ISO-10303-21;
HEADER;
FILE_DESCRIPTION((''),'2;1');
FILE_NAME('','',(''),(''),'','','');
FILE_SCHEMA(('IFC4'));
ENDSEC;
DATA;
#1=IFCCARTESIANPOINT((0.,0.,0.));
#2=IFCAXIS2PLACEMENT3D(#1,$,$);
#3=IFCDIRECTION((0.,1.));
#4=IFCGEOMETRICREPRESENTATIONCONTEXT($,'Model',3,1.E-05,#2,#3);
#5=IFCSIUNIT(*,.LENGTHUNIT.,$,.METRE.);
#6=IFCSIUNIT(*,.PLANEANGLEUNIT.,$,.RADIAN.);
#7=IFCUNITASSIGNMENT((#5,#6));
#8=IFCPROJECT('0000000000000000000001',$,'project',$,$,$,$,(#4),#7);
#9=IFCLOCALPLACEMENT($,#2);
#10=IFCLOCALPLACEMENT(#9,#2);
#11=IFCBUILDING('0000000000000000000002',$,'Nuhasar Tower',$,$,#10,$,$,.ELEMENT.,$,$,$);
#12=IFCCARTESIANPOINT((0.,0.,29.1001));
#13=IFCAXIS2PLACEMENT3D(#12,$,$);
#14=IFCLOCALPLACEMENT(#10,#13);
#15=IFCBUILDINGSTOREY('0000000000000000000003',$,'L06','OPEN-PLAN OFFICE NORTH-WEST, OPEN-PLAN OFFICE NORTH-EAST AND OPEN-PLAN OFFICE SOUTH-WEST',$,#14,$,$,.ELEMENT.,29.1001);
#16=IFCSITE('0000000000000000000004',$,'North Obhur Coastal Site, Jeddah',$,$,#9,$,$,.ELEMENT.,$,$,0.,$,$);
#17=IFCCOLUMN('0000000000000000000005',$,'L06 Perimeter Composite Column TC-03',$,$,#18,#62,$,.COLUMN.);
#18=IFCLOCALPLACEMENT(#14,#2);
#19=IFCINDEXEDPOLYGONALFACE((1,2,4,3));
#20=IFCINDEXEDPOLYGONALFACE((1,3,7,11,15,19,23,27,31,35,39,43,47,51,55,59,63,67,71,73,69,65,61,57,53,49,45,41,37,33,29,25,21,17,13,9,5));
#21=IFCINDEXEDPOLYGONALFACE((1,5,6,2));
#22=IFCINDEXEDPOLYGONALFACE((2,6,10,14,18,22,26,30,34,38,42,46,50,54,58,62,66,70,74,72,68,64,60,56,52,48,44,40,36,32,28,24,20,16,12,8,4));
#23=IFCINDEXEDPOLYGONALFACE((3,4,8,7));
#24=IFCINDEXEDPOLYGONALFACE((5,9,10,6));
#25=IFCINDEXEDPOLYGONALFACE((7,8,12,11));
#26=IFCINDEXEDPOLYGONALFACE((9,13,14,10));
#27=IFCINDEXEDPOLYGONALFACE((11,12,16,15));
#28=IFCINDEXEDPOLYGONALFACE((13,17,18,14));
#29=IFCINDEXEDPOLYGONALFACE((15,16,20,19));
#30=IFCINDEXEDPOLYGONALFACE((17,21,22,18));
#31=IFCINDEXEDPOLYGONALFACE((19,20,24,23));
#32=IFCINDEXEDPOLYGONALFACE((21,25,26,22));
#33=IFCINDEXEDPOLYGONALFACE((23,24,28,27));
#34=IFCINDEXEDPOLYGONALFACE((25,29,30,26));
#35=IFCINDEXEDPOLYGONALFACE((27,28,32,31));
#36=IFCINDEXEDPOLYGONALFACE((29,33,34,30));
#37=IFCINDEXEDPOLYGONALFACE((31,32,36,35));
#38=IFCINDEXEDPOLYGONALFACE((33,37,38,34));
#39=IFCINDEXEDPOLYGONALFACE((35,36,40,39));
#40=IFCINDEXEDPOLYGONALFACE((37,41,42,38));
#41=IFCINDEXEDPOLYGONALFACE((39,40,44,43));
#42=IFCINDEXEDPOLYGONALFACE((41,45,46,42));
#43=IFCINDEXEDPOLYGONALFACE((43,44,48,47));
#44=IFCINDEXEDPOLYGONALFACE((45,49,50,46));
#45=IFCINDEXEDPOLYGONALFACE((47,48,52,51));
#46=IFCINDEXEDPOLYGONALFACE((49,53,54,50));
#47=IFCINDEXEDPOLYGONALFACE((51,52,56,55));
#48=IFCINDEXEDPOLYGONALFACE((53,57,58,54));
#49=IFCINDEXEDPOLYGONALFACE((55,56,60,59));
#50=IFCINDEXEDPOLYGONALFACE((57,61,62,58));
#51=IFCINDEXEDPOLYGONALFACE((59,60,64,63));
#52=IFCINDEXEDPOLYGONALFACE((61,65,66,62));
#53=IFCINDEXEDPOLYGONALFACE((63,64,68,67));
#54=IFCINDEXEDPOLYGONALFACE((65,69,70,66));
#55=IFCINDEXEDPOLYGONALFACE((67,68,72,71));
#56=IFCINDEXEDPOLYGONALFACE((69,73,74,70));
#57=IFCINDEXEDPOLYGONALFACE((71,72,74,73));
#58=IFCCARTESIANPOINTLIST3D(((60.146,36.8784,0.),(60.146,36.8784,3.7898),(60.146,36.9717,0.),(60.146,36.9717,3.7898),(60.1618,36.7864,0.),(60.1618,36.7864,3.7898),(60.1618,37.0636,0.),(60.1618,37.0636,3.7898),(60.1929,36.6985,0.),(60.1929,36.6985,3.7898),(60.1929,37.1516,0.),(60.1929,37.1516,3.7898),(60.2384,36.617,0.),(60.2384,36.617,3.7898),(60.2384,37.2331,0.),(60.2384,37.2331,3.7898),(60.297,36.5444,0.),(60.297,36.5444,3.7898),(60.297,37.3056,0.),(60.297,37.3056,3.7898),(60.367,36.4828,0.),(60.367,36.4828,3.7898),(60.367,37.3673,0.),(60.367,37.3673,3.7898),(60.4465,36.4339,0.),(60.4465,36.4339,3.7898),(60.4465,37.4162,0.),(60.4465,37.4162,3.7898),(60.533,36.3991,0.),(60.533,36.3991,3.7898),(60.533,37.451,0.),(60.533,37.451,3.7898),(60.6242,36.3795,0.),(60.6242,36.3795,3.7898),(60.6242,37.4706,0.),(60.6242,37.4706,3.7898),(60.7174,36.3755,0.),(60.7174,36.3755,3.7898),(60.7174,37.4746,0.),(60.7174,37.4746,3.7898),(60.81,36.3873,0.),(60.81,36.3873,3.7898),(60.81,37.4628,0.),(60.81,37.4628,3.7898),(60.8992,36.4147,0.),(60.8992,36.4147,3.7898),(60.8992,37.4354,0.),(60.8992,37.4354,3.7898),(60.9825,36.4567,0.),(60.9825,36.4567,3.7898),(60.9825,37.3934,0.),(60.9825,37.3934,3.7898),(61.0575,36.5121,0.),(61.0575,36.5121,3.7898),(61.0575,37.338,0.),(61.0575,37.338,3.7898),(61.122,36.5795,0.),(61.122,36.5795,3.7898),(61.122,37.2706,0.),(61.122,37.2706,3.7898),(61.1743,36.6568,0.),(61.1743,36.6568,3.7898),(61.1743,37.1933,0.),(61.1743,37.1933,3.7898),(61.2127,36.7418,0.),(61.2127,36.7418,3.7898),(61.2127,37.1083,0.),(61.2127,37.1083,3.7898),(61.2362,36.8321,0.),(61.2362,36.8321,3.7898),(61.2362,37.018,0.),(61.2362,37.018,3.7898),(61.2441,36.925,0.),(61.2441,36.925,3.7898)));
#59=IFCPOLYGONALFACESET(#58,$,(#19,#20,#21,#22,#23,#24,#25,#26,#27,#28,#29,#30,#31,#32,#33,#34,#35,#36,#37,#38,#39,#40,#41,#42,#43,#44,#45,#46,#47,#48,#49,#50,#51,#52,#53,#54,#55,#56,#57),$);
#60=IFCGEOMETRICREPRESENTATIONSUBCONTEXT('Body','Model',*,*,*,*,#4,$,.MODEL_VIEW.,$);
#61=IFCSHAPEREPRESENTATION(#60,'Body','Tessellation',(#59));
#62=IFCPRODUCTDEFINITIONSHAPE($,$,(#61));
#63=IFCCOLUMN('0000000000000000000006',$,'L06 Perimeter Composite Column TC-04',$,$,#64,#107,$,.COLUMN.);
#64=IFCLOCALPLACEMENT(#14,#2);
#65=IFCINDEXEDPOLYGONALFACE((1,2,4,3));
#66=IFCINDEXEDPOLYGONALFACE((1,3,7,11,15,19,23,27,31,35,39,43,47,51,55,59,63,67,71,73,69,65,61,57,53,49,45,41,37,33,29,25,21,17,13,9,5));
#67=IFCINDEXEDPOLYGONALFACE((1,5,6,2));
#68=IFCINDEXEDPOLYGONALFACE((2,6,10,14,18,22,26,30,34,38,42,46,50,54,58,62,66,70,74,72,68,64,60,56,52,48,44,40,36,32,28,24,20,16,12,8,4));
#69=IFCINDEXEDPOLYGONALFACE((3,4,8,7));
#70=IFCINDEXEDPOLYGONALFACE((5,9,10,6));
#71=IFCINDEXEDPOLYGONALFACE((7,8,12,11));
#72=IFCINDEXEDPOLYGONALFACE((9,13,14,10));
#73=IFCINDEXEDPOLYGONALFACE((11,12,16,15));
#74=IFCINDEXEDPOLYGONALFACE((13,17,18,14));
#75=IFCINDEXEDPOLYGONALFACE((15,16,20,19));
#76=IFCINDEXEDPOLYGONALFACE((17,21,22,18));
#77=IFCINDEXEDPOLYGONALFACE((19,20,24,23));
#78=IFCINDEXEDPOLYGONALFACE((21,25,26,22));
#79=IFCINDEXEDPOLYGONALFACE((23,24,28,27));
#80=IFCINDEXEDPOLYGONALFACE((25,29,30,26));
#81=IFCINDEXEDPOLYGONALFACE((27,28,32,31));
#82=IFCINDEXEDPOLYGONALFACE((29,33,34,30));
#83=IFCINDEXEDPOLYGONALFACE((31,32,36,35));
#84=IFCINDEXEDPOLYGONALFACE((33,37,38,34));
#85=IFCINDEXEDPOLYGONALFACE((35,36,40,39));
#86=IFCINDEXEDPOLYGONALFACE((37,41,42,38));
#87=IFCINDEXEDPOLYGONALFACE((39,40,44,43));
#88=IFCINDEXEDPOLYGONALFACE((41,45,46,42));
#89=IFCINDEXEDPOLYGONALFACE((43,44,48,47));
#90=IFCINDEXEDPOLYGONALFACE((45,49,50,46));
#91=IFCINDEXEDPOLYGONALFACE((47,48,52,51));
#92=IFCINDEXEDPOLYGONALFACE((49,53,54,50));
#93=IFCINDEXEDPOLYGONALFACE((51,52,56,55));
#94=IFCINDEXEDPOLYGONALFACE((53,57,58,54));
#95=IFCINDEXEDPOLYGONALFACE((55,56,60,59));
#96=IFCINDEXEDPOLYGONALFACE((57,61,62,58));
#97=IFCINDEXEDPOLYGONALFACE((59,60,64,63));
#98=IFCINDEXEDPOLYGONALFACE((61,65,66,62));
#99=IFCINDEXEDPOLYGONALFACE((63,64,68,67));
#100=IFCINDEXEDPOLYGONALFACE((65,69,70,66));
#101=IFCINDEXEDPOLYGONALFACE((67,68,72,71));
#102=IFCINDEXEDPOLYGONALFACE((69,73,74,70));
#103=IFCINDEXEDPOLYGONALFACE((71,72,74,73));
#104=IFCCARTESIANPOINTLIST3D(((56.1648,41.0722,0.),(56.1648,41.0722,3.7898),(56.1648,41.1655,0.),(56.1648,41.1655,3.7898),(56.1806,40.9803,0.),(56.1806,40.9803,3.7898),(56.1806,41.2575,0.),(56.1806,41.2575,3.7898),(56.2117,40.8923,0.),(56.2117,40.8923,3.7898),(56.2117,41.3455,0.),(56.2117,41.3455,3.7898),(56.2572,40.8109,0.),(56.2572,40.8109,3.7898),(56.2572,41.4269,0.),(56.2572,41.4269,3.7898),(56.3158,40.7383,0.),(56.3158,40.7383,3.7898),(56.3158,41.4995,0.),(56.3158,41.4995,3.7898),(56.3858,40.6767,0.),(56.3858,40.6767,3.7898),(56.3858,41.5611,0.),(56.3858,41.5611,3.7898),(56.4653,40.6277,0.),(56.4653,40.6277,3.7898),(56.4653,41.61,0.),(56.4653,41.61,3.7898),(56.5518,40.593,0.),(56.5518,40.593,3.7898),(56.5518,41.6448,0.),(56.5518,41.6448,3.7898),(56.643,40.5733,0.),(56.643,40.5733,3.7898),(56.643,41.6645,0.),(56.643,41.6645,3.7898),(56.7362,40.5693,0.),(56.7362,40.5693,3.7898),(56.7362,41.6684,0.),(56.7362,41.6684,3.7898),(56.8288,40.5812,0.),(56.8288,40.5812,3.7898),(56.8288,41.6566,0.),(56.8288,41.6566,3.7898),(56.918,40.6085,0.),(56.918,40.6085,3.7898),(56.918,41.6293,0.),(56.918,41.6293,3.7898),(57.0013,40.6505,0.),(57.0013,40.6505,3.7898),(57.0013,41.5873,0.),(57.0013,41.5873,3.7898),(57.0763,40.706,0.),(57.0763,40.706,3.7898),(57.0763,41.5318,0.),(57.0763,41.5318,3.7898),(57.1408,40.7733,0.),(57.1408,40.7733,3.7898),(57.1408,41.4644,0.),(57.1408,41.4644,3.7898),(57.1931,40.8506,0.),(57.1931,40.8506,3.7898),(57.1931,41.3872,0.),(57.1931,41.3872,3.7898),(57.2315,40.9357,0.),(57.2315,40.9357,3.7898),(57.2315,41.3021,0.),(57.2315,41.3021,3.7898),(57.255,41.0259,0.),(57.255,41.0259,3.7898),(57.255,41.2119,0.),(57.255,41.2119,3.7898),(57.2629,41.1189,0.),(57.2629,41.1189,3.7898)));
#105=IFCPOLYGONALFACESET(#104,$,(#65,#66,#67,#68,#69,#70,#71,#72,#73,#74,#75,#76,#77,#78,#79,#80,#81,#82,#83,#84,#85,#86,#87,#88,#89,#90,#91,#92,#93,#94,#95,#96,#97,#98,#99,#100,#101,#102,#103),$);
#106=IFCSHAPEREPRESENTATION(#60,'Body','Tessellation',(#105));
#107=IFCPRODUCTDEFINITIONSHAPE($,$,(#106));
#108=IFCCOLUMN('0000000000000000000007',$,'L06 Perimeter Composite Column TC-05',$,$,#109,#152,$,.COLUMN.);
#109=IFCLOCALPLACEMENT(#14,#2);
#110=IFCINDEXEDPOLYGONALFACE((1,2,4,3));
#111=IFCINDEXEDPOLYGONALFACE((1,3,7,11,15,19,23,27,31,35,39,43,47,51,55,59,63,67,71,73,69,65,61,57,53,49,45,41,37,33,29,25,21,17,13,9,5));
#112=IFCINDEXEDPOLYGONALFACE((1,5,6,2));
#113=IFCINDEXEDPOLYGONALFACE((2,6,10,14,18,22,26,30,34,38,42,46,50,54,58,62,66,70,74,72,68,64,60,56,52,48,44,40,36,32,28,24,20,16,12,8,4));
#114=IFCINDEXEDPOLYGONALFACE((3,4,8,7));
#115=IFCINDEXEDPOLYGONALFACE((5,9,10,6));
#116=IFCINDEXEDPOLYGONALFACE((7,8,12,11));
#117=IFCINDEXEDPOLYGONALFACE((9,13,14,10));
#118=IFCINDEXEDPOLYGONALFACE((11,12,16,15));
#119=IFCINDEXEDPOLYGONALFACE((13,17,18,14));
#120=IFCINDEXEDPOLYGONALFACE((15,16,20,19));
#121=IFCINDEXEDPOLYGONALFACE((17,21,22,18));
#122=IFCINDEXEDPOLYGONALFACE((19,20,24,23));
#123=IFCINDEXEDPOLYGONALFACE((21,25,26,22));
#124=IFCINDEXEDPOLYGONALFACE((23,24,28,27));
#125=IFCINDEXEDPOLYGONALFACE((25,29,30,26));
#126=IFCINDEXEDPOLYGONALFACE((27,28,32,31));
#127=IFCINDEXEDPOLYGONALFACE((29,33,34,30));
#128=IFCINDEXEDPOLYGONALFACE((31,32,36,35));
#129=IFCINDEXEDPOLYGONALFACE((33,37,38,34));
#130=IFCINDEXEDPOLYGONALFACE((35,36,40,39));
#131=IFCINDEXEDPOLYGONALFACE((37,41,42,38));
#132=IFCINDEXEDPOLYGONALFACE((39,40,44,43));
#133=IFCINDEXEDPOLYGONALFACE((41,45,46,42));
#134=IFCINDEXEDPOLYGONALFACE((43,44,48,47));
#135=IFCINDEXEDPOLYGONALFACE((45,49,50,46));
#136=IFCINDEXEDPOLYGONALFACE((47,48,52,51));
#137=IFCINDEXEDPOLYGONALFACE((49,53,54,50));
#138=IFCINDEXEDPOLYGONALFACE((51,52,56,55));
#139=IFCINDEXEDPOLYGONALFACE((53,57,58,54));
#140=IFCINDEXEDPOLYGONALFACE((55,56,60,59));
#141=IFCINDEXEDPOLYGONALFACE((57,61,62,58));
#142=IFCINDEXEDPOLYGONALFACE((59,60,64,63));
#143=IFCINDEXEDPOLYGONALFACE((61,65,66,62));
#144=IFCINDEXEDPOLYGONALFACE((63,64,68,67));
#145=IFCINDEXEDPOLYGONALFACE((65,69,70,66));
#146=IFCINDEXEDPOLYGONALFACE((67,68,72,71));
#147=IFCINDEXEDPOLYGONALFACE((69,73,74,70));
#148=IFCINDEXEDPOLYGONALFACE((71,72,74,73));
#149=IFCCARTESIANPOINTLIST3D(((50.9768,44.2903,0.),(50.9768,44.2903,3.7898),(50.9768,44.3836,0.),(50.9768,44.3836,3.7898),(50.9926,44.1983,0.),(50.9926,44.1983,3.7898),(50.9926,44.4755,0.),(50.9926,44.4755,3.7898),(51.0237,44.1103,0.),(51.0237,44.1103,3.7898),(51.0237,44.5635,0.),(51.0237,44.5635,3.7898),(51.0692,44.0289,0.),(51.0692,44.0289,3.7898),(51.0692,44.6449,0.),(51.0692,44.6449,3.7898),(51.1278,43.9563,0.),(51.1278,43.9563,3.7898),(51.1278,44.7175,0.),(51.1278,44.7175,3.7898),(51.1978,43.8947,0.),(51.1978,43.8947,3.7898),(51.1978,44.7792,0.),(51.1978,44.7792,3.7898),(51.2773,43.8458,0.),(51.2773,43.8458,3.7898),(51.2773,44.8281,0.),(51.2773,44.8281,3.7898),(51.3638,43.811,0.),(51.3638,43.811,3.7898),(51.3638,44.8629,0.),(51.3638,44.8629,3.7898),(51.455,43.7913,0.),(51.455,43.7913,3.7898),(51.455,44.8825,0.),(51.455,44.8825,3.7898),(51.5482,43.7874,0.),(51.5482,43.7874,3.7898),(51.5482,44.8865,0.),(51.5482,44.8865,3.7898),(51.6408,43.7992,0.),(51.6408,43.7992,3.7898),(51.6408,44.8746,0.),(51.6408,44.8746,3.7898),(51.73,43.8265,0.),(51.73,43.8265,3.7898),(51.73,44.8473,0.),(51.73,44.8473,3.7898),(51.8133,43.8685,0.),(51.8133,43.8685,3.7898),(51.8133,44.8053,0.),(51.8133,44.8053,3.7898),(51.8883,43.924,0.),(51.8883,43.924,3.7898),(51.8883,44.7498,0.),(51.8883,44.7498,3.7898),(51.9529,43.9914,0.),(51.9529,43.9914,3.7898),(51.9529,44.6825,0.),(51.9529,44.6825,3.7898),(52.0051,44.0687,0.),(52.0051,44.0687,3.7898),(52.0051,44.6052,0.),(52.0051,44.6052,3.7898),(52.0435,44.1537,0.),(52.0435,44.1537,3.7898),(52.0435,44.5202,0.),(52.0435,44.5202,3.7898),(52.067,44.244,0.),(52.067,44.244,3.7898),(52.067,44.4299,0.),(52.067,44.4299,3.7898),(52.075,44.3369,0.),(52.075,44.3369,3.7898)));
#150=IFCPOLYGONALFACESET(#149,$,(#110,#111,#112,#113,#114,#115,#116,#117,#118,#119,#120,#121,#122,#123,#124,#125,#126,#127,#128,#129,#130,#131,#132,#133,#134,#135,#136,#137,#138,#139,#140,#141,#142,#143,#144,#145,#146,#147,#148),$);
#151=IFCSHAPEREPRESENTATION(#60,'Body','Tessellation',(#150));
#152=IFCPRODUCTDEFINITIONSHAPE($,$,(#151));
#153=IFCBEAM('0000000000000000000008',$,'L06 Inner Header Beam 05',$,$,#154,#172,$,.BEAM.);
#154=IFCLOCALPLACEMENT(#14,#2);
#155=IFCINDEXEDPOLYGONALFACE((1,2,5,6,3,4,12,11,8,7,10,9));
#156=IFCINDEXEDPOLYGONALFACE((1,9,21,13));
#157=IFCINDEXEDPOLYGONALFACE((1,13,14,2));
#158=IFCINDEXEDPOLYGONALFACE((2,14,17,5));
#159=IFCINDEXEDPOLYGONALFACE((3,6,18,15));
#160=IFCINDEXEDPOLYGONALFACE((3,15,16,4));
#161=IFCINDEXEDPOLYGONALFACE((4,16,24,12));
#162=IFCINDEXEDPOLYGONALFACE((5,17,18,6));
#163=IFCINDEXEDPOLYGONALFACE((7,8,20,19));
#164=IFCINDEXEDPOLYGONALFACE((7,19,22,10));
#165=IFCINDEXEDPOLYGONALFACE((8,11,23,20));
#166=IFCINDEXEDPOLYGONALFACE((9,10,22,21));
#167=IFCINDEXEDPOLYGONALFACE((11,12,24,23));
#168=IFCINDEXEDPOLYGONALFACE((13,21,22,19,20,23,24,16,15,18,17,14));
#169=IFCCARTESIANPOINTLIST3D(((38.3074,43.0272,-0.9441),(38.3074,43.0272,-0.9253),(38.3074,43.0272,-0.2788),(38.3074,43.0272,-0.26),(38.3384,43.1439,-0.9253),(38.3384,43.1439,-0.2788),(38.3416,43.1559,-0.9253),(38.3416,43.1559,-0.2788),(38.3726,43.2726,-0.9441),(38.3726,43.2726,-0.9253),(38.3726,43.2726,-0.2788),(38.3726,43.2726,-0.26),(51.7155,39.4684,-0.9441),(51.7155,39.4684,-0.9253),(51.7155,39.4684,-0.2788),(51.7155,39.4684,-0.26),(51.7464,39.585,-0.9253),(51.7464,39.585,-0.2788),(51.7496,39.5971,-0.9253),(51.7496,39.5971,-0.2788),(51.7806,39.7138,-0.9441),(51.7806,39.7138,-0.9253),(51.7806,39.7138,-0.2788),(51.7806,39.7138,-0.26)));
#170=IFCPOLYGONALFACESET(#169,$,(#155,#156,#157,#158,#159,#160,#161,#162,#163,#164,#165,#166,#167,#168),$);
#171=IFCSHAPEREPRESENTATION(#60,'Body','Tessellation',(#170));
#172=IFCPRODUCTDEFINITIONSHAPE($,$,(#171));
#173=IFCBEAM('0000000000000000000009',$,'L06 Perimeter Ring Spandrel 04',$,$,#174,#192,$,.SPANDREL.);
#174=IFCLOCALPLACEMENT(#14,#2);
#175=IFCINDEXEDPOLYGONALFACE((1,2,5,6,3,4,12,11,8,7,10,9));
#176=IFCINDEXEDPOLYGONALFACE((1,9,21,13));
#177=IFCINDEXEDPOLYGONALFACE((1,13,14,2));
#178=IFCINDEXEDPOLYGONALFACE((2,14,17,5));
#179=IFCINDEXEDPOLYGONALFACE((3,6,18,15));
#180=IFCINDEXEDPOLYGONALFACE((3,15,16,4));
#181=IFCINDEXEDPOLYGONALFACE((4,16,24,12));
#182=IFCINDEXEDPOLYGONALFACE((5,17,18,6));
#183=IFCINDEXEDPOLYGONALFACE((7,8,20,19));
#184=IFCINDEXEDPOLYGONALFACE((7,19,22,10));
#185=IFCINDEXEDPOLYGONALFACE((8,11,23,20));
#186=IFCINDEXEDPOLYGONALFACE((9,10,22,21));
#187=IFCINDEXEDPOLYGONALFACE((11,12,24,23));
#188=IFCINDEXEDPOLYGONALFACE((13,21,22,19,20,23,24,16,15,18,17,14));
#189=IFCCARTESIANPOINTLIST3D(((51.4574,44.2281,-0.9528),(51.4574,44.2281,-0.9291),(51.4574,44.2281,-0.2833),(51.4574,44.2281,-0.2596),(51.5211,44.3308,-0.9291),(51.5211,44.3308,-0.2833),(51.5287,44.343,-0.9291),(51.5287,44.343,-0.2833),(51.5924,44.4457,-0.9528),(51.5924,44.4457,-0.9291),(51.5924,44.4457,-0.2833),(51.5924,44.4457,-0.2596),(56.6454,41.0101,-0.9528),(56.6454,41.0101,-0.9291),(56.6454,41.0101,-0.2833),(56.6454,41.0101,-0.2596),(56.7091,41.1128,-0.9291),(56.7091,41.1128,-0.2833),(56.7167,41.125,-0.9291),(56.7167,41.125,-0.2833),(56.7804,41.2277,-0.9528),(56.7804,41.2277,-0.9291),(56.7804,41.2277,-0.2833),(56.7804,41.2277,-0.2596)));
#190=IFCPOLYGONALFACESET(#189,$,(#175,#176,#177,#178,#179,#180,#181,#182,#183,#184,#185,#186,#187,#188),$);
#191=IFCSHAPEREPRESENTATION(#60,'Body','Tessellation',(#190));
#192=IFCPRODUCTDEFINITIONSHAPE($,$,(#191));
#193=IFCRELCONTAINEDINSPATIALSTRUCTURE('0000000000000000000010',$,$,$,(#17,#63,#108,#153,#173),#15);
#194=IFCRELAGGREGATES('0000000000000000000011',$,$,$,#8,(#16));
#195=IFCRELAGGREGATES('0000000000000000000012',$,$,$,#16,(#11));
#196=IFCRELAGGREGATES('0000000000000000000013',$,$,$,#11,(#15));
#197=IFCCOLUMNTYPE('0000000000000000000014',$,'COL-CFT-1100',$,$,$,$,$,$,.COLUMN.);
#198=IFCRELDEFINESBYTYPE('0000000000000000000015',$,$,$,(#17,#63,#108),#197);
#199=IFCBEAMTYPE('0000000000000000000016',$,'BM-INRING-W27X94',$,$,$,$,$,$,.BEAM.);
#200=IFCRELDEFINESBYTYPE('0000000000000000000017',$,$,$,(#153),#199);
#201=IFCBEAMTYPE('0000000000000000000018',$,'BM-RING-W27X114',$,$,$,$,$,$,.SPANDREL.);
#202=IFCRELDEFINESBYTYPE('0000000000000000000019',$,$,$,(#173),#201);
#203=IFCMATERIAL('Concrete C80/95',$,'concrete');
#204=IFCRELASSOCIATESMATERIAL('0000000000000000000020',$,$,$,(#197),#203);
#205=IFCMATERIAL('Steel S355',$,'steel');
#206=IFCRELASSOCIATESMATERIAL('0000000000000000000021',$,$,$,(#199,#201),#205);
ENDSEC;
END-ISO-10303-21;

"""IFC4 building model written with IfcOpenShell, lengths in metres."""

from ifc_helpers import new_model, si_unit, direction, frame, origin, origin_2d, place, context, subcontext, project, spatial, circle, i_section, extrude, material, material_profile, profile_set, type_object, element, save


model = new_model("IFC4")

# Units and contexts
model_context = context("Model", 3, precision=1e-05, world=origin(), true_north=direction((0.0, 1.0)))
body_context = subcontext(model_context, "Body", "Model", "MODEL_VIEW")
ifc_project = project(units=[si_unit("LENGTHUNIT", "METRE"), si_unit("PLANEANGLEUNIT", "RADIAN")], contexts=[model_context])

# Site, building, storey
site_placement = place(None, origin())
site = spatial("IfcSite", under=ifc_project, at=site_placement, Name="North Obhur Coastal Site, Jeddah", CompositionType="ELEMENT", RefElevation=0.0)
building_placement = place(site_placement, origin())
building = spatial("IfcBuilding", under=site, at=building_placement, Name="Nuhasar Tower", CompositionType="ELEMENT")
storey_placement = place(building_placement, frame((0.0, 0.0, 29.1001)))
storey = spatial("IfcBuildingStorey", under=building, at=storey_placement, Name="L06", Description="OPEN-PLAN OFFICE NORTH-WEST, OPEN-PLAN OFFICE NORTH-EAST AND OPEN-PLAN OFFICE SOUTH-WEST", CompositionType="ELEMENT", Elevation=29.1001)

# Columns
ifc_material_1 = material(Name="Concrete C80/95", Category="concrete")
ifc_material_profile_1 = material_profile(ifc_material_1, circle(Radius=0.55, at=origin_2d()), Name="CFT1100")
ifc_profile_set_1 = profile_set([ifc_material_profile_1], Name="Concrete C80/95")
column_type = type_object("IfcColumnType", Name="COL-CFT-1100", PredefinedType="COLUMN", material=ifc_profile_set_1)
for number, where, z_axis, x_axis, name in (
    (1, (60.6941, 36.925, 0.0), (0.0, 0.0, 1.0), (1.0, 0.0, 0.0), "L06 Perimeter Composite Column TC-03"),
    (2, (56.7129, 41.1189, 0.0), (0.0, 0.0, 1.0), (1.0, 0.0, 0.0), "L06 Perimeter Composite Column TC-04"),
    (3, (51.5249, 44.3369, 0.0), (0.0, 0.0, 1.0), (1.0, 0.0, 0.0), "L06 Perimeter Composite Column TC-05"),
):
    element("IfcColumn", number, at=place(storey_placement, frame(where, z_axis=z_axis, x_axis=x_axis)), inside=storey, type_object=column_type, Name=name, PredefinedType="COLUMN", context=body_context, shape_type="SweptSolid", body=[
        extrude(circle(Radius=0.55, at=origin_2d()), origin(), (0.0, 0.0, 1.0), 3.7898),
    ])

# Beams
ifc_material_2 = material(Name="Steel S355", Category="steel")
ifc_material_profile_2 = material_profile(ifc_material_2, i_section(OverallWidth=0.2539, OverallDepth=0.6841, WebThickness=0.0125, FlangeThickness=0.0188, at=origin_2d()), Name="W27X94")
ifc_profile_set_2 = profile_set([ifc_material_profile_2], Name="Steel S355")
beam_type_1 = type_object("IfcBeamType", Name="BM-INRING-W27X94", PredefinedType="BEAM", material=ifc_profile_set_2)
beam_1_placement = place(storey_placement, frame((51.748, 39.5911, -0.6021), z_axis=(-0.966533, 0.256544, 0.0), x_axis=(-0.256544, -0.966533, 0.0)))
element("IfcBeam", 4, at=beam_1_placement, inside=storey, type_object=beam_type_1, Name="L06 Inner Header Beam 05", PredefinedType="BEAM", context=body_context, shape_type="SweptSolid", body=[
    extrude(i_section(OverallWidth=0.2539, OverallDepth=0.6841, WebThickness=0.0125, FlangeThickness=0.0188, at=origin_2d()), origin(), (0.0, 0.0, 1.0), 13.8723),
])
ifc_material_profile_3 = material_profile(ifc_material_2, i_section(OverallWidth=0.2561, OverallDepth=0.6931, WebThickness=0.0144, FlangeThickness=0.0237, at=origin_2d()), Name="W27X114")
ifc_profile_set_3 = profile_set([ifc_material_profile_3], Name="Steel S355")
beam_type_2 = type_object("IfcBeamType", Name="BM-RING-W27X114", PredefinedType="SPANDREL", material=ifc_profile_set_3)
beam_2_placement = place(storey_placement, frame((56.7129, 41.1189, -0.6062), z_axis=(-0.849795, 0.527113, 0.0), x_axis=(-0.527113, -0.849795, 0.0)))
element("IfcBeam", 5, at=beam_2_placement, inside=storey, type_object=beam_type_2, Name="L06 Perimeter Ring Spandrel 04", PredefinedType="SPANDREL", context=body_context, shape_type="SweptSolid", body=[
    extrude(i_section(OverallWidth=0.2561, OverallDepth=0.6931, WebThickness=0.0144, FlangeThickness=0.0237, at=origin_2d()), origin(), (0.0, 0.0, 1.0), 6.105),
])

save(model, "model.ifc")
